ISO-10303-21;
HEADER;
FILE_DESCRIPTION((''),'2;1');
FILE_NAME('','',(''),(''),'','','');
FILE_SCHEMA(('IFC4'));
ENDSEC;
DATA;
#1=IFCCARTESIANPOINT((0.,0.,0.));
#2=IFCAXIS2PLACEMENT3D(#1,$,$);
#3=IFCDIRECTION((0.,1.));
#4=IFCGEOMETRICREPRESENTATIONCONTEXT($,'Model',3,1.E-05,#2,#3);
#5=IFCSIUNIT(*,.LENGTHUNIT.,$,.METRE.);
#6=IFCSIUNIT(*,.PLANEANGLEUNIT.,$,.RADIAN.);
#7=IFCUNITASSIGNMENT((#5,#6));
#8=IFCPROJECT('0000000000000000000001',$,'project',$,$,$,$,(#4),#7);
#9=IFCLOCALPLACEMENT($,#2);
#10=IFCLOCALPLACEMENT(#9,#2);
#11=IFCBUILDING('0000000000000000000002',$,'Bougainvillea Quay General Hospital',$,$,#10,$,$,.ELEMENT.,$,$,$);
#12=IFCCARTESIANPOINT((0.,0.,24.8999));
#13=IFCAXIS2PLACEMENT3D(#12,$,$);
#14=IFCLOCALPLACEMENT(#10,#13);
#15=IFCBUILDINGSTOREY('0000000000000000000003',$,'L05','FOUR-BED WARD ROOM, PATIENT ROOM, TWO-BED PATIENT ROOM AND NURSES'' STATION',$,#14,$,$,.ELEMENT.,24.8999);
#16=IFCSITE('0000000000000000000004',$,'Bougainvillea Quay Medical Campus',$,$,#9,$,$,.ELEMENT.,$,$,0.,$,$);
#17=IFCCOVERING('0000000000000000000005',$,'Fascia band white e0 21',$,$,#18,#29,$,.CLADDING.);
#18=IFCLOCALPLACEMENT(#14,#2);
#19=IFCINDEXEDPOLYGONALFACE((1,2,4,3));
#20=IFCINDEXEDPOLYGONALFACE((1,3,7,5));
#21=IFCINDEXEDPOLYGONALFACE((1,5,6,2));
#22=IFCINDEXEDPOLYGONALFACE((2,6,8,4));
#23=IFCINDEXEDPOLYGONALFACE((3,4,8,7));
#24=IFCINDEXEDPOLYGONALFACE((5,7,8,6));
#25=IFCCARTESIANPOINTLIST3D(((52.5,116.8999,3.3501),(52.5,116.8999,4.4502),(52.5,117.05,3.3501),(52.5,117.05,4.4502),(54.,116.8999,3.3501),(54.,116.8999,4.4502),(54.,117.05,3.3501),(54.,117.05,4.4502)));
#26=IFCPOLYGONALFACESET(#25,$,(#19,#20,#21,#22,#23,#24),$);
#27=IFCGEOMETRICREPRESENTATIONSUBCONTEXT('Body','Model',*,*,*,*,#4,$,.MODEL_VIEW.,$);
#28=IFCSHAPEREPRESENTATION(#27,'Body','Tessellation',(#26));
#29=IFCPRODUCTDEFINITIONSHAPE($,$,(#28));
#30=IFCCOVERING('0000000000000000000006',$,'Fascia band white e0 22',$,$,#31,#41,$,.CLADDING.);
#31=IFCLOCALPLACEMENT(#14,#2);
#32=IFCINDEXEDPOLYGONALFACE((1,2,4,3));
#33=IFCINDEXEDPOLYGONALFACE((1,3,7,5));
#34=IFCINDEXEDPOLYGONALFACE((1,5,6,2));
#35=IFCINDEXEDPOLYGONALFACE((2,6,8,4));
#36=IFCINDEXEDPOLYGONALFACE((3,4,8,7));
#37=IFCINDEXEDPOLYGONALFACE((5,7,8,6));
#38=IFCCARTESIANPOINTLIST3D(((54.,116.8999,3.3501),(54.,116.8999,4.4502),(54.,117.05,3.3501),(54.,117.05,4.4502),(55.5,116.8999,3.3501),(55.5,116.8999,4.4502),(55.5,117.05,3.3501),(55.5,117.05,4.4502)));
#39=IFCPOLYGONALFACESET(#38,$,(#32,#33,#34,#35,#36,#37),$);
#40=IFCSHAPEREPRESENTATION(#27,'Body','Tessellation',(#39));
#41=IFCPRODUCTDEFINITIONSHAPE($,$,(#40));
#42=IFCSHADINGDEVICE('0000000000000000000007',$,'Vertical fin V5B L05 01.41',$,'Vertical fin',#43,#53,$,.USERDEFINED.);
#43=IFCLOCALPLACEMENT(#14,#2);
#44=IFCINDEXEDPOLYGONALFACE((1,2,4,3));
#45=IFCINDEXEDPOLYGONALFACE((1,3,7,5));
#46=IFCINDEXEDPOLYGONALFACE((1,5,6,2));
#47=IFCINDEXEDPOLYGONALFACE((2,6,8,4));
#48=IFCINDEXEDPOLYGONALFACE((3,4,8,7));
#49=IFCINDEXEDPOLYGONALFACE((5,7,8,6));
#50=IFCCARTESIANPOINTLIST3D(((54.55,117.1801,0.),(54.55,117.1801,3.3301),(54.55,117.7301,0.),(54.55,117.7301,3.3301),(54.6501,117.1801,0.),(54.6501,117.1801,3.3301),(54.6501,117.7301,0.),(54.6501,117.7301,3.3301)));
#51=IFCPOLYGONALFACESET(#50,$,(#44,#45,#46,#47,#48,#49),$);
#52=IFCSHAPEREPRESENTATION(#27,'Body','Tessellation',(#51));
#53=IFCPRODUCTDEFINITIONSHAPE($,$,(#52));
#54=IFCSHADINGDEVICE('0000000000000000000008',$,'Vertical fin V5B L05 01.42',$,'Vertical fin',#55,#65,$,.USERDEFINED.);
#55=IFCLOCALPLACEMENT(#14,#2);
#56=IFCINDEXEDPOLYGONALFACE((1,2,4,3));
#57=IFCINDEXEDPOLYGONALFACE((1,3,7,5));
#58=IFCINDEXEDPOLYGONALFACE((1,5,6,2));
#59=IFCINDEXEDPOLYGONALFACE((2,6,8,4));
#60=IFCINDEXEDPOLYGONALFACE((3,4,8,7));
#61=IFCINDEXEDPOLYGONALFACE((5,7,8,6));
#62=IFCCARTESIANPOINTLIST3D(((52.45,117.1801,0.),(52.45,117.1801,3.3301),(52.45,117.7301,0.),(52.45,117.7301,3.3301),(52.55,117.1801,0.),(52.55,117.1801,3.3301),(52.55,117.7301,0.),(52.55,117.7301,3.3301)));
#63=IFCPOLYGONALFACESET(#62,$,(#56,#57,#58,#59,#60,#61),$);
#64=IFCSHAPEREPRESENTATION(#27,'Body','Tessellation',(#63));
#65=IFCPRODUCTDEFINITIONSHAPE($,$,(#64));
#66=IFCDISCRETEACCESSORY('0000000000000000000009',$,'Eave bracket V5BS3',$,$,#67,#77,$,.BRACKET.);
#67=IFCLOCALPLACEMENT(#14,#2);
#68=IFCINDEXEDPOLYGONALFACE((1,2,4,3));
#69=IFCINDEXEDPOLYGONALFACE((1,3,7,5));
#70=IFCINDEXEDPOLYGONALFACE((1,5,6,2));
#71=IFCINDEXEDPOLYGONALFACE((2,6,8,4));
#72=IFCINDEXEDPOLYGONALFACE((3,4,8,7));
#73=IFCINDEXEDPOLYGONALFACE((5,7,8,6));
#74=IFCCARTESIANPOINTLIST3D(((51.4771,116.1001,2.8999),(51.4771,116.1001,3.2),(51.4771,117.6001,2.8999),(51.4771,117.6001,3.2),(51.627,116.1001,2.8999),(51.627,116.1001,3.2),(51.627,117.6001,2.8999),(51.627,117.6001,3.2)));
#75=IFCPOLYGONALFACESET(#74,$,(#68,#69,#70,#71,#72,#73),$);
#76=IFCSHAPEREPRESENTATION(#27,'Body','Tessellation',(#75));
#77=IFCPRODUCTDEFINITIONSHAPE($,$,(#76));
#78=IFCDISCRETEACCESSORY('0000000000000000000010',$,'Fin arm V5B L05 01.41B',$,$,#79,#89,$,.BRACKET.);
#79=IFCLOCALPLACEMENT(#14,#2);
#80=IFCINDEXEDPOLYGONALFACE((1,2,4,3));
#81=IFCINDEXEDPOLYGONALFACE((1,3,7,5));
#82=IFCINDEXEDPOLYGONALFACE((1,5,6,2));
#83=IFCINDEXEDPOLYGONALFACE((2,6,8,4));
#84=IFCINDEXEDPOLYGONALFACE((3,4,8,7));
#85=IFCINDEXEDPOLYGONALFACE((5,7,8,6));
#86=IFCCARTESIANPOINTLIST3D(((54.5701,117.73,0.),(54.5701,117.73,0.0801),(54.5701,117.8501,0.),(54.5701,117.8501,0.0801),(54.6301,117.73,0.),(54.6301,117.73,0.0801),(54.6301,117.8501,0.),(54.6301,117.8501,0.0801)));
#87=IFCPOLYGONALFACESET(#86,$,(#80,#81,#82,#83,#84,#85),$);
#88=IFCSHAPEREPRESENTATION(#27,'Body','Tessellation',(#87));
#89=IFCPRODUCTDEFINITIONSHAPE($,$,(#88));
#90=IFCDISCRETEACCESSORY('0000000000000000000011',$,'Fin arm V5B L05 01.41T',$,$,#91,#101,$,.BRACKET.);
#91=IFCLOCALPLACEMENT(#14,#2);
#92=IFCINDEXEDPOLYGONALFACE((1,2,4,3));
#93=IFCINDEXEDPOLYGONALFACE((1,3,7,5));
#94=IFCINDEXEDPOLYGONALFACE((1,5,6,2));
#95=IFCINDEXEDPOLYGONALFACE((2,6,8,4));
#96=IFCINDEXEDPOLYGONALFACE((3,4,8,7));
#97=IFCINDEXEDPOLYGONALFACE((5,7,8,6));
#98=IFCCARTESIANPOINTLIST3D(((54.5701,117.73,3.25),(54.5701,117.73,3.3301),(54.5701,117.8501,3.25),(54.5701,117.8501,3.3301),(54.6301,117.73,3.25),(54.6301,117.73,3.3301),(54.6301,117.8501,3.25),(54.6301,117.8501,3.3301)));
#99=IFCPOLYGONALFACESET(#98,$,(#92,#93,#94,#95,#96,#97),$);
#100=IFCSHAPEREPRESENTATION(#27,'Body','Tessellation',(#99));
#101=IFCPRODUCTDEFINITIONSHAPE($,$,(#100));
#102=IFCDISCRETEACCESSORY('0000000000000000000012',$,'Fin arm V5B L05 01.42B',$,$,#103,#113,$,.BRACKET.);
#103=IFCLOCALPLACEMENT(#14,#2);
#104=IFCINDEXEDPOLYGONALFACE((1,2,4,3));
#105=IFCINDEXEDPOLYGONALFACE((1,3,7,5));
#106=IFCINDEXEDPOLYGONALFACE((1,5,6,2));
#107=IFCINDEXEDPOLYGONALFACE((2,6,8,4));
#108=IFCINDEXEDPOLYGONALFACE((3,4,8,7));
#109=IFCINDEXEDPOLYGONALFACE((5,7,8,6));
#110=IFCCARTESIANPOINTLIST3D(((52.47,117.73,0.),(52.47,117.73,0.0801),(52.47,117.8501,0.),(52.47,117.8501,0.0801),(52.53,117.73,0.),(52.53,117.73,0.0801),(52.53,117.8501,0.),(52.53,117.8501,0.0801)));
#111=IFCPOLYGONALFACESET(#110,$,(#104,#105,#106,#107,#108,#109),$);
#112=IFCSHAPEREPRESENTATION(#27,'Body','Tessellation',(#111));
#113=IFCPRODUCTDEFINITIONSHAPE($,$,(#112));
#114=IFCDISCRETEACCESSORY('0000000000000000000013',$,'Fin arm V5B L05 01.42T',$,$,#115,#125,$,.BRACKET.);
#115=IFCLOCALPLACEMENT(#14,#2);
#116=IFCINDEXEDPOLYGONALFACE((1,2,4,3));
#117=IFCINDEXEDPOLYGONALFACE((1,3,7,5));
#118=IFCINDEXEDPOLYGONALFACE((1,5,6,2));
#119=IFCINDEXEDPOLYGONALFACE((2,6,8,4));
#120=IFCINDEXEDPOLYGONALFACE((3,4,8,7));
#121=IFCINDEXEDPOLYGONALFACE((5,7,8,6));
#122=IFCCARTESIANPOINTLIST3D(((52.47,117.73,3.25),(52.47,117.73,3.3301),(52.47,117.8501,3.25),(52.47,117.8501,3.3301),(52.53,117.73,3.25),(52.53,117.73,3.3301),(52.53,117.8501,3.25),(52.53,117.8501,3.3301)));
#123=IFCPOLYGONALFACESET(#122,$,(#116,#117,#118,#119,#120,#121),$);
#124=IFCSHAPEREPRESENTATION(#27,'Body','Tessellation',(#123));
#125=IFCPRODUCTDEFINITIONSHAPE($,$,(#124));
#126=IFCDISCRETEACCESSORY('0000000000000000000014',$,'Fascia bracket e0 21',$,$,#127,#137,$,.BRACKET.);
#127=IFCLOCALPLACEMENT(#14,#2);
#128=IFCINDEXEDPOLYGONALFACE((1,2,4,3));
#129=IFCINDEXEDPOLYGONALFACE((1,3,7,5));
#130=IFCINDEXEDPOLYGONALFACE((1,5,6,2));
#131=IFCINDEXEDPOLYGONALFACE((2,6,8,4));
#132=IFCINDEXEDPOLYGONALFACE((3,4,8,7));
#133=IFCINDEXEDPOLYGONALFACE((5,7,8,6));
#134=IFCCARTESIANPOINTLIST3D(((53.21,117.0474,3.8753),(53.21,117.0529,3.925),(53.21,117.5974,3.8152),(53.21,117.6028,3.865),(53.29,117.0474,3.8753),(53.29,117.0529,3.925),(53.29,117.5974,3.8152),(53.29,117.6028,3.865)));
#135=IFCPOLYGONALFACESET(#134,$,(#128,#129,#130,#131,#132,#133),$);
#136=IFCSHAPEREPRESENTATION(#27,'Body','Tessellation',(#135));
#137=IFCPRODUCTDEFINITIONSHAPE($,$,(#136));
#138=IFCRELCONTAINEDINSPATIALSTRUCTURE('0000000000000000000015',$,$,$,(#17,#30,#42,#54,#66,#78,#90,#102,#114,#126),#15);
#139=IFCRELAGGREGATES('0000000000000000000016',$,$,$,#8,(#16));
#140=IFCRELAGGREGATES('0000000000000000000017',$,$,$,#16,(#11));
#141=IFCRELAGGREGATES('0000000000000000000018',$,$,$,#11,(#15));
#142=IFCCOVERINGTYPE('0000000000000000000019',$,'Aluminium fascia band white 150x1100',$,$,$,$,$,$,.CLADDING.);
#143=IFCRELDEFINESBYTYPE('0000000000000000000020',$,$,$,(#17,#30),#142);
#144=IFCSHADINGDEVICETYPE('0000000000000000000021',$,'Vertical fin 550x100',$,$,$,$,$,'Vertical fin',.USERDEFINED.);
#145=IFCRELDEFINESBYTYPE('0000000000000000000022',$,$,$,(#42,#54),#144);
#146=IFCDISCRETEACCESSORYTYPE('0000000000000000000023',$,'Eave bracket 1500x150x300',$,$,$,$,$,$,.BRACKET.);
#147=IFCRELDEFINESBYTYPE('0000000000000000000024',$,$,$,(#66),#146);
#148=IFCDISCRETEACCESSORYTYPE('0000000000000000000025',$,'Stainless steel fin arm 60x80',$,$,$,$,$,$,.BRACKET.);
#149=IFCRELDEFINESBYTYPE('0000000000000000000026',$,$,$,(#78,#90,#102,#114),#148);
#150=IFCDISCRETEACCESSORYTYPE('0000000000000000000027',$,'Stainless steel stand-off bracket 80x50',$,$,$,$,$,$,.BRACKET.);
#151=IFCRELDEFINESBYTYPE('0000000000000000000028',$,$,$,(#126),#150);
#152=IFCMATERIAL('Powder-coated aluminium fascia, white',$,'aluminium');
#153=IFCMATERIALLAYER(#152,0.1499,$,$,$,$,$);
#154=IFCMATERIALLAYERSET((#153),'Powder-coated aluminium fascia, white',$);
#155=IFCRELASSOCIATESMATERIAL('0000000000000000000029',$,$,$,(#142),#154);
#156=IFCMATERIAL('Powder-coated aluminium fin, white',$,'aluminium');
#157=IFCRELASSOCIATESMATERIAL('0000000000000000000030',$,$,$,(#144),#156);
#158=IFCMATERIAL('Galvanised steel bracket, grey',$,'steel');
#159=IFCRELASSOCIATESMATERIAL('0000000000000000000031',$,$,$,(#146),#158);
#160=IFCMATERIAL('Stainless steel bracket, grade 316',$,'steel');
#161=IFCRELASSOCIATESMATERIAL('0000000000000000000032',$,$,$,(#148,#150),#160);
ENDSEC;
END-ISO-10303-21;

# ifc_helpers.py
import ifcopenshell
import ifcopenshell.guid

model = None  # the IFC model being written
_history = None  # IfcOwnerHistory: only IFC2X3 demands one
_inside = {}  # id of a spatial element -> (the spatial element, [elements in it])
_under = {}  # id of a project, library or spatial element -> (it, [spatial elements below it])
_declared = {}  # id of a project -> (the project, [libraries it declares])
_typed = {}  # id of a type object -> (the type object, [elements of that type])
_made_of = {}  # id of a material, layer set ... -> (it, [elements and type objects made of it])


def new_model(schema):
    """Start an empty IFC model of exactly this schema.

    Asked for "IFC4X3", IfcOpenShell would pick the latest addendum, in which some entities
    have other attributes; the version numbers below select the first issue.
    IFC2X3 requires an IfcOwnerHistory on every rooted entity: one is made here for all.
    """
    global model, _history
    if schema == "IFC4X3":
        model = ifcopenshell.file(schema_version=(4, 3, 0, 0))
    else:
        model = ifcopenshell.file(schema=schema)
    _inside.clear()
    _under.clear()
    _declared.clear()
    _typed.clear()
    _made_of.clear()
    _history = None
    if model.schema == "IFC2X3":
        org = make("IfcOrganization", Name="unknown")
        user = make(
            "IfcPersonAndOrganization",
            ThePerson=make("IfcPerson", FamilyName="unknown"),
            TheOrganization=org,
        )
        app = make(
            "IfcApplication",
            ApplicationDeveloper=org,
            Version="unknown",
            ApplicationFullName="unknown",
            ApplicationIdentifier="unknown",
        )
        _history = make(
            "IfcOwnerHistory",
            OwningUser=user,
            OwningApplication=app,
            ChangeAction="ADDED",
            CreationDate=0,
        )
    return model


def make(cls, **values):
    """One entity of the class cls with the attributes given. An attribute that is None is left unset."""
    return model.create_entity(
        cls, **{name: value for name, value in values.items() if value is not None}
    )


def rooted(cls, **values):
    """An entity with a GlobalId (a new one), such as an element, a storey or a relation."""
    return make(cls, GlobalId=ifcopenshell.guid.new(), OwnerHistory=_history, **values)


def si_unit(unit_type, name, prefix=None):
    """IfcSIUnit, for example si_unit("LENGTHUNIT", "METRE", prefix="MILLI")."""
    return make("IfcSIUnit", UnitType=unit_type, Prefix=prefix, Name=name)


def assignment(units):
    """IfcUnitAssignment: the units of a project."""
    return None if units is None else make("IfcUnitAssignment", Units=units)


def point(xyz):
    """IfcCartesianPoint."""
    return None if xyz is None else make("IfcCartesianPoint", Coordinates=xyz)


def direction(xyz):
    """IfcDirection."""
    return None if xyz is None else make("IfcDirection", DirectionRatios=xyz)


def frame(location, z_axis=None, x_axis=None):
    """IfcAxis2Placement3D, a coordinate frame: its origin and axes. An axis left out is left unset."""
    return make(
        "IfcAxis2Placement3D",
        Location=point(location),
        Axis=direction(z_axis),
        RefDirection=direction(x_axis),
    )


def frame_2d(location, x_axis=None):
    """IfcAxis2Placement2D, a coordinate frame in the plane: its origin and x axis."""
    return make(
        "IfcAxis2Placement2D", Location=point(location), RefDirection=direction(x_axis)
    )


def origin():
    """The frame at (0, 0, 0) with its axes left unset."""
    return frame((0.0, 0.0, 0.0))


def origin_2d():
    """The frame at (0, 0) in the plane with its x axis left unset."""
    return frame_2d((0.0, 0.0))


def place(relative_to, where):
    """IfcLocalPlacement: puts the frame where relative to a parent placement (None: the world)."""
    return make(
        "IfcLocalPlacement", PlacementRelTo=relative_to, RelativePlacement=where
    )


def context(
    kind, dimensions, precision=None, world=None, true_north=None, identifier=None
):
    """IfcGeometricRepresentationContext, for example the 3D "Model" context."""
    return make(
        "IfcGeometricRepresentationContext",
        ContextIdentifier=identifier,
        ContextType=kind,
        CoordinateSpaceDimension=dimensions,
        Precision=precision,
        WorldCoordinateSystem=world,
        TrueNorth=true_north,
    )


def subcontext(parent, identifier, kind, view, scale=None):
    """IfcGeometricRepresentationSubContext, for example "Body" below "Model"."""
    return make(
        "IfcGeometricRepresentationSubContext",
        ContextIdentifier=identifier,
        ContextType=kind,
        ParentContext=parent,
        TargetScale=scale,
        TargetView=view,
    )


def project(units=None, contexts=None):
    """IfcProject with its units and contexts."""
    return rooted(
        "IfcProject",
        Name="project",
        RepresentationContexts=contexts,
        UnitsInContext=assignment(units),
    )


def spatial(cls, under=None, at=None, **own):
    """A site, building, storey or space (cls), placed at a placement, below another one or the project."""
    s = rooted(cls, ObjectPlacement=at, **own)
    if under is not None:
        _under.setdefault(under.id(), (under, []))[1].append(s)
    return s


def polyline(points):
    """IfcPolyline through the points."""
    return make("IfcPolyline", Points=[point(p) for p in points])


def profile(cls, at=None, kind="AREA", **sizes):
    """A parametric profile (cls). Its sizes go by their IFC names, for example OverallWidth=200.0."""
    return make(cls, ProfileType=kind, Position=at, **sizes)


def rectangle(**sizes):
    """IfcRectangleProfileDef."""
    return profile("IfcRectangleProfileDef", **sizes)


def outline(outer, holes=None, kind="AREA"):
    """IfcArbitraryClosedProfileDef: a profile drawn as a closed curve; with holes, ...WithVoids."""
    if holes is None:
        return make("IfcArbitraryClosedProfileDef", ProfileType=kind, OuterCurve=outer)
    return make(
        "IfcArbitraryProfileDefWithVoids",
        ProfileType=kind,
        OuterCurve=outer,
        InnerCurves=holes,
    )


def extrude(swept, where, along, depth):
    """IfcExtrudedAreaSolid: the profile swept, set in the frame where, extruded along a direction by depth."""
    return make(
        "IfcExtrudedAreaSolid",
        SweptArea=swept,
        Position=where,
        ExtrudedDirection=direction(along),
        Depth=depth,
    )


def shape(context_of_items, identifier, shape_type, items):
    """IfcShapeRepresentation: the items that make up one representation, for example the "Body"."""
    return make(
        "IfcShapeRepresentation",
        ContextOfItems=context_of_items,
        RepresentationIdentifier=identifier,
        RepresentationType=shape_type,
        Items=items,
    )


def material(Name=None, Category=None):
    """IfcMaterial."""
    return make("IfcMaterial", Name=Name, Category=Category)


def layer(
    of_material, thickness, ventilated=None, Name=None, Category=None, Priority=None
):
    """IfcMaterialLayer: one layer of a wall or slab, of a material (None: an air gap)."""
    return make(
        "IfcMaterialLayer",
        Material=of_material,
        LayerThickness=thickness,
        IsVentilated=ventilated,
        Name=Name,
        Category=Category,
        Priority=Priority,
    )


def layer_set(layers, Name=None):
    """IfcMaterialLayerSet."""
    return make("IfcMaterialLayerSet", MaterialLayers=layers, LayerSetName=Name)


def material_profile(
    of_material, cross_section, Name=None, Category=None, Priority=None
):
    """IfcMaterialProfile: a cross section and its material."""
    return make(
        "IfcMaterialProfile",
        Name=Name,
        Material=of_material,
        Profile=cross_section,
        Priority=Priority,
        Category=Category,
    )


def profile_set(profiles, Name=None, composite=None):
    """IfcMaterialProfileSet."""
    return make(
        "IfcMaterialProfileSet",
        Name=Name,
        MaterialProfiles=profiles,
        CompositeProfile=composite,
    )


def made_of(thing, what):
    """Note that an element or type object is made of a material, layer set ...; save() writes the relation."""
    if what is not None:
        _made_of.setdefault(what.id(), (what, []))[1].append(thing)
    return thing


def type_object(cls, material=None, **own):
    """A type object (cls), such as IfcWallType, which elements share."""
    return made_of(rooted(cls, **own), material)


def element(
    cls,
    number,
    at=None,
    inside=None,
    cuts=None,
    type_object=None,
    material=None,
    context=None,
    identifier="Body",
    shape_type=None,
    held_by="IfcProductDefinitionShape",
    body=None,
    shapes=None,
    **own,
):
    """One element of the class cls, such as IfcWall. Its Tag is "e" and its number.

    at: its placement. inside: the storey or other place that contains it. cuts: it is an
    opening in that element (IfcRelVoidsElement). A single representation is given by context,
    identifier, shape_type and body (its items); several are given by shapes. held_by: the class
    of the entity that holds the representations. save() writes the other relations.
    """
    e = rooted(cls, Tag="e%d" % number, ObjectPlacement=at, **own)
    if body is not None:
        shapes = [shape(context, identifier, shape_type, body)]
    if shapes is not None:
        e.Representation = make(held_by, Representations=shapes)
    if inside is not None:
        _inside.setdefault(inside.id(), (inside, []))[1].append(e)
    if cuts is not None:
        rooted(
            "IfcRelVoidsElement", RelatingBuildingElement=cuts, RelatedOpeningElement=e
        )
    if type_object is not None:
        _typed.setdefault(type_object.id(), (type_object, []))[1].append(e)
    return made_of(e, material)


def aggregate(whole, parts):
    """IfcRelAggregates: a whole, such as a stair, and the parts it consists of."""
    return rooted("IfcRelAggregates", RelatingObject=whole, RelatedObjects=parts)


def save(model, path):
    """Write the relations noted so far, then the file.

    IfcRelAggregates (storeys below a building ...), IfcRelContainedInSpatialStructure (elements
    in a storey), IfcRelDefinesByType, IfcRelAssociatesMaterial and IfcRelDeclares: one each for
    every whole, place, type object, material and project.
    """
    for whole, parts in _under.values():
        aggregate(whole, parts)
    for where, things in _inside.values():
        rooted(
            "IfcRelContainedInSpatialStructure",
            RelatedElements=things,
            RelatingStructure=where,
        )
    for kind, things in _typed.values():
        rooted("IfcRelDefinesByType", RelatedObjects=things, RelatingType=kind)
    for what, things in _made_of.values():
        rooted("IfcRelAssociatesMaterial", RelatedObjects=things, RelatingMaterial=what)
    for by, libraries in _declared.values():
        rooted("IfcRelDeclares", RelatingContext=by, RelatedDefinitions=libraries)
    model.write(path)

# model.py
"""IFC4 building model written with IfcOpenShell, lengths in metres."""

from ifc_helpers import new_model, si_unit, direction, frame, origin, origin_2d, place, context, subcontext, project, spatial, polyline, rectangle, outline, extrude, material, layer, layer_set, material_profile, profile_set, type_object, element, save


model = new_model("IFC4")

# Units and contexts
model_context = context("Model", 3, precision=1e-05, world=origin(), true_north=direction((0.0, 1.0)))
body_context = subcontext(model_context, "Body", "Model", "MODEL_VIEW")
ifc_project = project(units=[si_unit("LENGTHUNIT", "METRE"), si_unit("PLANEANGLEUNIT", "RADIAN")], contexts=[model_context])

# Site, building, storey
site_placement = place(None, origin())
site = spatial("IfcSite", under=ifc_project, at=site_placement, Name="Bougainvillea Quay Medical Campus", CompositionType="ELEMENT", RefElevation=0.0)
building_placement = place(site_placement, origin())
building = spatial("IfcBuilding", under=site, at=building_placement, Name="Bougainvillea Quay General Hospital", CompositionType="ELEMENT")
storey_placement = place(building_placement, frame((0.0, 0.0, 24.8999)))
storey = spatial("IfcBuildingStorey", under=building, at=storey_placement, Name="L05", Description="FOUR-BED WARD ROOM, PATIENT ROOM, TWO-BED PATIENT ROOM AND NURSES' STATION", CompositionType="ELEMENT", Elevation=24.8999)

# Coverings
ifc_material_1 = material(Name="Powder-coated aluminium fascia, white", Category="aluminium")
ifc_layer_1 = layer(ifc_material_1, 0.1499)
ifc_layer_set_1 = layer_set([ifc_layer_1], Name="Powder-coated aluminium fascia, white")
covering_type = type_object("IfcCoveringType", Name="Aluminium fascia band white 150x1100", PredefinedType="CLADDING", material=ifc_layer_set_1)
for number, where, z_axis, x_axis, name in (
    (1, (52.5, 117.05, 3.3501), (0.0, 0.0, 1.0), (1.0, 0.0, 0.0), "Fascia band white e0 21"),
    (2, (54.0, 117.05, 3.3501), (0.0, 0.0, 1.0), (1.0, 0.0, 0.0), "Fascia band white e0 22"),
):
    element("IfcCovering", number, at=place(storey_placement, frame(where, z_axis=z_axis, x_axis=x_axis)), inside=storey, type_object=covering_type, Name=name, PredefinedType="CLADDING", context=body_context, shape_type="SweptSolid", body=[
        extrude(outline(polyline([(0.0, 0.0), (1.5, 0.0), (1.5, -0.1501), (0.0, -0.1501), (0.0, 0.0)])), origin(), (0.0, 0.0, 1.0), 1.1001),
    ])

# Shading devices
ifc_material_2 = material(Name="Powder-coated aluminium fin, white", Category="aluminium")
ifc_material_profile_1 = material_profile(ifc_material_2, rectangle(XDim=0.55, YDim=0.1001, at=origin_2d()))
ifc_profile_set_1 = profile_set([ifc_material_profile_1], Name="Powder-coated aluminium fin, white")
shading_device_type = type_object("IfcShadingDeviceType", Name="Vertical fin 550x100", ElementType="Vertical fin", PredefinedType="USERDEFINED", material=ifc_profile_set_1)
for number, where, z_axis, x_axis, name in (
    (3, (54.6001, 117.4551, 0.0), (0.0, 0.0, 1.0), (0.0, -1.0, 0.0), "Vertical fin V5B L05 01.41"),
    (4, (52.5, 117.4551, 0.0), (0.0, 0.0, 1.0), (0.0, -1.0, 0.0), "Vertical fin V5B L05 01.42"),
):
    element("IfcShadingDevice", number, at=place(storey_placement, frame(where, z_axis=z_axis, x_axis=x_axis)), inside=storey, type_object=shading_device_type, Name=name, ObjectType="Vertical fin", PredefinedType="USERDEFINED", context=body_context, shape_type="SweptSolid", body=[
        extrude(rectangle(XDim=0.55, YDim=0.1001, at=origin_2d()), origin(), (0.0, 0.0, 1.0), 3.3301),
    ])

# Discrete accessories
ifc_material_3 = material(Name="Galvanised steel bracket, grey", Category="steel")
discrete_accessory_type_1 = type_object("IfcDiscreteAccessoryType", Name="Eave bracket 1500x150x300", PredefinedType="BRACKET", material=ifc_material_3)
discrete_accessory_1_placement = place(storey_placement, frame((51.552, 116.8501, 2.8999), z_axis=(0.0, 0.0, 1.0), x_axis=(1.0, 0.0, 0.0)))
element("IfcDiscreteAccessory", 5, at=discrete_accessory_1_placement, inside=storey, type_object=discrete_accessory_type_1, Name="Eave bracket V5BS3", PredefinedType="BRACKET", context=body_context, shape_type="SweptSolid", body=[
    extrude(rectangle(XDim=0.1499, YDim=1.5, at=origin_2d()), origin(), (0.0, 0.0, 1.0), 0.3),
])
ifc_material_4 = material(Name="Stainless steel bracket, grade 316", Category="steel")
discrete_accessory_type_2 = type_object("IfcDiscreteAccessoryType", Name="Stainless steel fin arm 60x80", PredefinedType="BRACKET", material=ifc_material_4)
for number, where, z_axis, x_axis, name in (
    (6, (54.6001, 117.79, 0.0), (0.0, 0.0, 1.0), (0.0, -1.0, 0.0), "Fin arm V5B L05 01.41B"),
    (7, (54.6001, 117.79, 3.25), (0.0, 0.0, 1.0), (0.0, -1.0, 0.0), "Fin arm V5B L05 01.41T"),
    (8, (52.5, 117.79, 0.0), (0.0, 0.0, 1.0), (0.0, -1.0, 0.0), "Fin arm V5B L05 01.42B"),
    (9, (52.5, 117.79, 3.25), (0.0, 0.0, 1.0), (0.0, -1.0, 0.0), "Fin arm V5B L05 01.42T"),
):
    element("IfcDiscreteAccessory", number, at=place(storey_placement, frame(where, z_axis=z_axis, x_axis=x_axis)), inside=storey, type_object=discrete_accessory_type_2, Name=name, PredefinedType="BRACKET", context=body_context, shape_type="SweptSolid", body=[
        extrude(rectangle(XDim=0.1201, YDim=0.0601, at=origin_2d()), origin(), (0.0, 0.0, 1.0), 0.0801),
    ])
ifc_material_profile_2 = material_profile(ifc_material_4, rectangle(XDim=0.0801, YDim=0.05, at=origin_2d()))
ifc_profile_set_2 = profile_set([ifc_material_profile_2], Name="Stainless steel bracket, grade 316")
discrete_accessory_type_3 = type_object("IfcDiscreteAccessoryType", Name="Stainless steel stand-off bracket 80x50", PredefinedType="BRACKET", material=ifc_profile_set_2)
discrete_accessory_2_placement = place(storey_placement, frame((53.25, 117.6001, 3.8401), z_axis=(0.0, -0.994092, 0.108543), x_axis=(1.0, 0.0, 0.0)))
element("IfcDiscreteAccessory", 10, at=discrete_accessory_2_placement, inside=storey, type_object=discrete_accessory_type_3, Name="Fascia bracket e0 21", PredefinedType="BRACKET", context=body_context, shape_type="SweptSolid", body=[
    extrude(rectangle(XDim=0.0801, YDim=0.05, at=origin_2d()), origin(), (0.0, 0.0, 1.0), 0.5532),
])

save(model, "model.ifc")
